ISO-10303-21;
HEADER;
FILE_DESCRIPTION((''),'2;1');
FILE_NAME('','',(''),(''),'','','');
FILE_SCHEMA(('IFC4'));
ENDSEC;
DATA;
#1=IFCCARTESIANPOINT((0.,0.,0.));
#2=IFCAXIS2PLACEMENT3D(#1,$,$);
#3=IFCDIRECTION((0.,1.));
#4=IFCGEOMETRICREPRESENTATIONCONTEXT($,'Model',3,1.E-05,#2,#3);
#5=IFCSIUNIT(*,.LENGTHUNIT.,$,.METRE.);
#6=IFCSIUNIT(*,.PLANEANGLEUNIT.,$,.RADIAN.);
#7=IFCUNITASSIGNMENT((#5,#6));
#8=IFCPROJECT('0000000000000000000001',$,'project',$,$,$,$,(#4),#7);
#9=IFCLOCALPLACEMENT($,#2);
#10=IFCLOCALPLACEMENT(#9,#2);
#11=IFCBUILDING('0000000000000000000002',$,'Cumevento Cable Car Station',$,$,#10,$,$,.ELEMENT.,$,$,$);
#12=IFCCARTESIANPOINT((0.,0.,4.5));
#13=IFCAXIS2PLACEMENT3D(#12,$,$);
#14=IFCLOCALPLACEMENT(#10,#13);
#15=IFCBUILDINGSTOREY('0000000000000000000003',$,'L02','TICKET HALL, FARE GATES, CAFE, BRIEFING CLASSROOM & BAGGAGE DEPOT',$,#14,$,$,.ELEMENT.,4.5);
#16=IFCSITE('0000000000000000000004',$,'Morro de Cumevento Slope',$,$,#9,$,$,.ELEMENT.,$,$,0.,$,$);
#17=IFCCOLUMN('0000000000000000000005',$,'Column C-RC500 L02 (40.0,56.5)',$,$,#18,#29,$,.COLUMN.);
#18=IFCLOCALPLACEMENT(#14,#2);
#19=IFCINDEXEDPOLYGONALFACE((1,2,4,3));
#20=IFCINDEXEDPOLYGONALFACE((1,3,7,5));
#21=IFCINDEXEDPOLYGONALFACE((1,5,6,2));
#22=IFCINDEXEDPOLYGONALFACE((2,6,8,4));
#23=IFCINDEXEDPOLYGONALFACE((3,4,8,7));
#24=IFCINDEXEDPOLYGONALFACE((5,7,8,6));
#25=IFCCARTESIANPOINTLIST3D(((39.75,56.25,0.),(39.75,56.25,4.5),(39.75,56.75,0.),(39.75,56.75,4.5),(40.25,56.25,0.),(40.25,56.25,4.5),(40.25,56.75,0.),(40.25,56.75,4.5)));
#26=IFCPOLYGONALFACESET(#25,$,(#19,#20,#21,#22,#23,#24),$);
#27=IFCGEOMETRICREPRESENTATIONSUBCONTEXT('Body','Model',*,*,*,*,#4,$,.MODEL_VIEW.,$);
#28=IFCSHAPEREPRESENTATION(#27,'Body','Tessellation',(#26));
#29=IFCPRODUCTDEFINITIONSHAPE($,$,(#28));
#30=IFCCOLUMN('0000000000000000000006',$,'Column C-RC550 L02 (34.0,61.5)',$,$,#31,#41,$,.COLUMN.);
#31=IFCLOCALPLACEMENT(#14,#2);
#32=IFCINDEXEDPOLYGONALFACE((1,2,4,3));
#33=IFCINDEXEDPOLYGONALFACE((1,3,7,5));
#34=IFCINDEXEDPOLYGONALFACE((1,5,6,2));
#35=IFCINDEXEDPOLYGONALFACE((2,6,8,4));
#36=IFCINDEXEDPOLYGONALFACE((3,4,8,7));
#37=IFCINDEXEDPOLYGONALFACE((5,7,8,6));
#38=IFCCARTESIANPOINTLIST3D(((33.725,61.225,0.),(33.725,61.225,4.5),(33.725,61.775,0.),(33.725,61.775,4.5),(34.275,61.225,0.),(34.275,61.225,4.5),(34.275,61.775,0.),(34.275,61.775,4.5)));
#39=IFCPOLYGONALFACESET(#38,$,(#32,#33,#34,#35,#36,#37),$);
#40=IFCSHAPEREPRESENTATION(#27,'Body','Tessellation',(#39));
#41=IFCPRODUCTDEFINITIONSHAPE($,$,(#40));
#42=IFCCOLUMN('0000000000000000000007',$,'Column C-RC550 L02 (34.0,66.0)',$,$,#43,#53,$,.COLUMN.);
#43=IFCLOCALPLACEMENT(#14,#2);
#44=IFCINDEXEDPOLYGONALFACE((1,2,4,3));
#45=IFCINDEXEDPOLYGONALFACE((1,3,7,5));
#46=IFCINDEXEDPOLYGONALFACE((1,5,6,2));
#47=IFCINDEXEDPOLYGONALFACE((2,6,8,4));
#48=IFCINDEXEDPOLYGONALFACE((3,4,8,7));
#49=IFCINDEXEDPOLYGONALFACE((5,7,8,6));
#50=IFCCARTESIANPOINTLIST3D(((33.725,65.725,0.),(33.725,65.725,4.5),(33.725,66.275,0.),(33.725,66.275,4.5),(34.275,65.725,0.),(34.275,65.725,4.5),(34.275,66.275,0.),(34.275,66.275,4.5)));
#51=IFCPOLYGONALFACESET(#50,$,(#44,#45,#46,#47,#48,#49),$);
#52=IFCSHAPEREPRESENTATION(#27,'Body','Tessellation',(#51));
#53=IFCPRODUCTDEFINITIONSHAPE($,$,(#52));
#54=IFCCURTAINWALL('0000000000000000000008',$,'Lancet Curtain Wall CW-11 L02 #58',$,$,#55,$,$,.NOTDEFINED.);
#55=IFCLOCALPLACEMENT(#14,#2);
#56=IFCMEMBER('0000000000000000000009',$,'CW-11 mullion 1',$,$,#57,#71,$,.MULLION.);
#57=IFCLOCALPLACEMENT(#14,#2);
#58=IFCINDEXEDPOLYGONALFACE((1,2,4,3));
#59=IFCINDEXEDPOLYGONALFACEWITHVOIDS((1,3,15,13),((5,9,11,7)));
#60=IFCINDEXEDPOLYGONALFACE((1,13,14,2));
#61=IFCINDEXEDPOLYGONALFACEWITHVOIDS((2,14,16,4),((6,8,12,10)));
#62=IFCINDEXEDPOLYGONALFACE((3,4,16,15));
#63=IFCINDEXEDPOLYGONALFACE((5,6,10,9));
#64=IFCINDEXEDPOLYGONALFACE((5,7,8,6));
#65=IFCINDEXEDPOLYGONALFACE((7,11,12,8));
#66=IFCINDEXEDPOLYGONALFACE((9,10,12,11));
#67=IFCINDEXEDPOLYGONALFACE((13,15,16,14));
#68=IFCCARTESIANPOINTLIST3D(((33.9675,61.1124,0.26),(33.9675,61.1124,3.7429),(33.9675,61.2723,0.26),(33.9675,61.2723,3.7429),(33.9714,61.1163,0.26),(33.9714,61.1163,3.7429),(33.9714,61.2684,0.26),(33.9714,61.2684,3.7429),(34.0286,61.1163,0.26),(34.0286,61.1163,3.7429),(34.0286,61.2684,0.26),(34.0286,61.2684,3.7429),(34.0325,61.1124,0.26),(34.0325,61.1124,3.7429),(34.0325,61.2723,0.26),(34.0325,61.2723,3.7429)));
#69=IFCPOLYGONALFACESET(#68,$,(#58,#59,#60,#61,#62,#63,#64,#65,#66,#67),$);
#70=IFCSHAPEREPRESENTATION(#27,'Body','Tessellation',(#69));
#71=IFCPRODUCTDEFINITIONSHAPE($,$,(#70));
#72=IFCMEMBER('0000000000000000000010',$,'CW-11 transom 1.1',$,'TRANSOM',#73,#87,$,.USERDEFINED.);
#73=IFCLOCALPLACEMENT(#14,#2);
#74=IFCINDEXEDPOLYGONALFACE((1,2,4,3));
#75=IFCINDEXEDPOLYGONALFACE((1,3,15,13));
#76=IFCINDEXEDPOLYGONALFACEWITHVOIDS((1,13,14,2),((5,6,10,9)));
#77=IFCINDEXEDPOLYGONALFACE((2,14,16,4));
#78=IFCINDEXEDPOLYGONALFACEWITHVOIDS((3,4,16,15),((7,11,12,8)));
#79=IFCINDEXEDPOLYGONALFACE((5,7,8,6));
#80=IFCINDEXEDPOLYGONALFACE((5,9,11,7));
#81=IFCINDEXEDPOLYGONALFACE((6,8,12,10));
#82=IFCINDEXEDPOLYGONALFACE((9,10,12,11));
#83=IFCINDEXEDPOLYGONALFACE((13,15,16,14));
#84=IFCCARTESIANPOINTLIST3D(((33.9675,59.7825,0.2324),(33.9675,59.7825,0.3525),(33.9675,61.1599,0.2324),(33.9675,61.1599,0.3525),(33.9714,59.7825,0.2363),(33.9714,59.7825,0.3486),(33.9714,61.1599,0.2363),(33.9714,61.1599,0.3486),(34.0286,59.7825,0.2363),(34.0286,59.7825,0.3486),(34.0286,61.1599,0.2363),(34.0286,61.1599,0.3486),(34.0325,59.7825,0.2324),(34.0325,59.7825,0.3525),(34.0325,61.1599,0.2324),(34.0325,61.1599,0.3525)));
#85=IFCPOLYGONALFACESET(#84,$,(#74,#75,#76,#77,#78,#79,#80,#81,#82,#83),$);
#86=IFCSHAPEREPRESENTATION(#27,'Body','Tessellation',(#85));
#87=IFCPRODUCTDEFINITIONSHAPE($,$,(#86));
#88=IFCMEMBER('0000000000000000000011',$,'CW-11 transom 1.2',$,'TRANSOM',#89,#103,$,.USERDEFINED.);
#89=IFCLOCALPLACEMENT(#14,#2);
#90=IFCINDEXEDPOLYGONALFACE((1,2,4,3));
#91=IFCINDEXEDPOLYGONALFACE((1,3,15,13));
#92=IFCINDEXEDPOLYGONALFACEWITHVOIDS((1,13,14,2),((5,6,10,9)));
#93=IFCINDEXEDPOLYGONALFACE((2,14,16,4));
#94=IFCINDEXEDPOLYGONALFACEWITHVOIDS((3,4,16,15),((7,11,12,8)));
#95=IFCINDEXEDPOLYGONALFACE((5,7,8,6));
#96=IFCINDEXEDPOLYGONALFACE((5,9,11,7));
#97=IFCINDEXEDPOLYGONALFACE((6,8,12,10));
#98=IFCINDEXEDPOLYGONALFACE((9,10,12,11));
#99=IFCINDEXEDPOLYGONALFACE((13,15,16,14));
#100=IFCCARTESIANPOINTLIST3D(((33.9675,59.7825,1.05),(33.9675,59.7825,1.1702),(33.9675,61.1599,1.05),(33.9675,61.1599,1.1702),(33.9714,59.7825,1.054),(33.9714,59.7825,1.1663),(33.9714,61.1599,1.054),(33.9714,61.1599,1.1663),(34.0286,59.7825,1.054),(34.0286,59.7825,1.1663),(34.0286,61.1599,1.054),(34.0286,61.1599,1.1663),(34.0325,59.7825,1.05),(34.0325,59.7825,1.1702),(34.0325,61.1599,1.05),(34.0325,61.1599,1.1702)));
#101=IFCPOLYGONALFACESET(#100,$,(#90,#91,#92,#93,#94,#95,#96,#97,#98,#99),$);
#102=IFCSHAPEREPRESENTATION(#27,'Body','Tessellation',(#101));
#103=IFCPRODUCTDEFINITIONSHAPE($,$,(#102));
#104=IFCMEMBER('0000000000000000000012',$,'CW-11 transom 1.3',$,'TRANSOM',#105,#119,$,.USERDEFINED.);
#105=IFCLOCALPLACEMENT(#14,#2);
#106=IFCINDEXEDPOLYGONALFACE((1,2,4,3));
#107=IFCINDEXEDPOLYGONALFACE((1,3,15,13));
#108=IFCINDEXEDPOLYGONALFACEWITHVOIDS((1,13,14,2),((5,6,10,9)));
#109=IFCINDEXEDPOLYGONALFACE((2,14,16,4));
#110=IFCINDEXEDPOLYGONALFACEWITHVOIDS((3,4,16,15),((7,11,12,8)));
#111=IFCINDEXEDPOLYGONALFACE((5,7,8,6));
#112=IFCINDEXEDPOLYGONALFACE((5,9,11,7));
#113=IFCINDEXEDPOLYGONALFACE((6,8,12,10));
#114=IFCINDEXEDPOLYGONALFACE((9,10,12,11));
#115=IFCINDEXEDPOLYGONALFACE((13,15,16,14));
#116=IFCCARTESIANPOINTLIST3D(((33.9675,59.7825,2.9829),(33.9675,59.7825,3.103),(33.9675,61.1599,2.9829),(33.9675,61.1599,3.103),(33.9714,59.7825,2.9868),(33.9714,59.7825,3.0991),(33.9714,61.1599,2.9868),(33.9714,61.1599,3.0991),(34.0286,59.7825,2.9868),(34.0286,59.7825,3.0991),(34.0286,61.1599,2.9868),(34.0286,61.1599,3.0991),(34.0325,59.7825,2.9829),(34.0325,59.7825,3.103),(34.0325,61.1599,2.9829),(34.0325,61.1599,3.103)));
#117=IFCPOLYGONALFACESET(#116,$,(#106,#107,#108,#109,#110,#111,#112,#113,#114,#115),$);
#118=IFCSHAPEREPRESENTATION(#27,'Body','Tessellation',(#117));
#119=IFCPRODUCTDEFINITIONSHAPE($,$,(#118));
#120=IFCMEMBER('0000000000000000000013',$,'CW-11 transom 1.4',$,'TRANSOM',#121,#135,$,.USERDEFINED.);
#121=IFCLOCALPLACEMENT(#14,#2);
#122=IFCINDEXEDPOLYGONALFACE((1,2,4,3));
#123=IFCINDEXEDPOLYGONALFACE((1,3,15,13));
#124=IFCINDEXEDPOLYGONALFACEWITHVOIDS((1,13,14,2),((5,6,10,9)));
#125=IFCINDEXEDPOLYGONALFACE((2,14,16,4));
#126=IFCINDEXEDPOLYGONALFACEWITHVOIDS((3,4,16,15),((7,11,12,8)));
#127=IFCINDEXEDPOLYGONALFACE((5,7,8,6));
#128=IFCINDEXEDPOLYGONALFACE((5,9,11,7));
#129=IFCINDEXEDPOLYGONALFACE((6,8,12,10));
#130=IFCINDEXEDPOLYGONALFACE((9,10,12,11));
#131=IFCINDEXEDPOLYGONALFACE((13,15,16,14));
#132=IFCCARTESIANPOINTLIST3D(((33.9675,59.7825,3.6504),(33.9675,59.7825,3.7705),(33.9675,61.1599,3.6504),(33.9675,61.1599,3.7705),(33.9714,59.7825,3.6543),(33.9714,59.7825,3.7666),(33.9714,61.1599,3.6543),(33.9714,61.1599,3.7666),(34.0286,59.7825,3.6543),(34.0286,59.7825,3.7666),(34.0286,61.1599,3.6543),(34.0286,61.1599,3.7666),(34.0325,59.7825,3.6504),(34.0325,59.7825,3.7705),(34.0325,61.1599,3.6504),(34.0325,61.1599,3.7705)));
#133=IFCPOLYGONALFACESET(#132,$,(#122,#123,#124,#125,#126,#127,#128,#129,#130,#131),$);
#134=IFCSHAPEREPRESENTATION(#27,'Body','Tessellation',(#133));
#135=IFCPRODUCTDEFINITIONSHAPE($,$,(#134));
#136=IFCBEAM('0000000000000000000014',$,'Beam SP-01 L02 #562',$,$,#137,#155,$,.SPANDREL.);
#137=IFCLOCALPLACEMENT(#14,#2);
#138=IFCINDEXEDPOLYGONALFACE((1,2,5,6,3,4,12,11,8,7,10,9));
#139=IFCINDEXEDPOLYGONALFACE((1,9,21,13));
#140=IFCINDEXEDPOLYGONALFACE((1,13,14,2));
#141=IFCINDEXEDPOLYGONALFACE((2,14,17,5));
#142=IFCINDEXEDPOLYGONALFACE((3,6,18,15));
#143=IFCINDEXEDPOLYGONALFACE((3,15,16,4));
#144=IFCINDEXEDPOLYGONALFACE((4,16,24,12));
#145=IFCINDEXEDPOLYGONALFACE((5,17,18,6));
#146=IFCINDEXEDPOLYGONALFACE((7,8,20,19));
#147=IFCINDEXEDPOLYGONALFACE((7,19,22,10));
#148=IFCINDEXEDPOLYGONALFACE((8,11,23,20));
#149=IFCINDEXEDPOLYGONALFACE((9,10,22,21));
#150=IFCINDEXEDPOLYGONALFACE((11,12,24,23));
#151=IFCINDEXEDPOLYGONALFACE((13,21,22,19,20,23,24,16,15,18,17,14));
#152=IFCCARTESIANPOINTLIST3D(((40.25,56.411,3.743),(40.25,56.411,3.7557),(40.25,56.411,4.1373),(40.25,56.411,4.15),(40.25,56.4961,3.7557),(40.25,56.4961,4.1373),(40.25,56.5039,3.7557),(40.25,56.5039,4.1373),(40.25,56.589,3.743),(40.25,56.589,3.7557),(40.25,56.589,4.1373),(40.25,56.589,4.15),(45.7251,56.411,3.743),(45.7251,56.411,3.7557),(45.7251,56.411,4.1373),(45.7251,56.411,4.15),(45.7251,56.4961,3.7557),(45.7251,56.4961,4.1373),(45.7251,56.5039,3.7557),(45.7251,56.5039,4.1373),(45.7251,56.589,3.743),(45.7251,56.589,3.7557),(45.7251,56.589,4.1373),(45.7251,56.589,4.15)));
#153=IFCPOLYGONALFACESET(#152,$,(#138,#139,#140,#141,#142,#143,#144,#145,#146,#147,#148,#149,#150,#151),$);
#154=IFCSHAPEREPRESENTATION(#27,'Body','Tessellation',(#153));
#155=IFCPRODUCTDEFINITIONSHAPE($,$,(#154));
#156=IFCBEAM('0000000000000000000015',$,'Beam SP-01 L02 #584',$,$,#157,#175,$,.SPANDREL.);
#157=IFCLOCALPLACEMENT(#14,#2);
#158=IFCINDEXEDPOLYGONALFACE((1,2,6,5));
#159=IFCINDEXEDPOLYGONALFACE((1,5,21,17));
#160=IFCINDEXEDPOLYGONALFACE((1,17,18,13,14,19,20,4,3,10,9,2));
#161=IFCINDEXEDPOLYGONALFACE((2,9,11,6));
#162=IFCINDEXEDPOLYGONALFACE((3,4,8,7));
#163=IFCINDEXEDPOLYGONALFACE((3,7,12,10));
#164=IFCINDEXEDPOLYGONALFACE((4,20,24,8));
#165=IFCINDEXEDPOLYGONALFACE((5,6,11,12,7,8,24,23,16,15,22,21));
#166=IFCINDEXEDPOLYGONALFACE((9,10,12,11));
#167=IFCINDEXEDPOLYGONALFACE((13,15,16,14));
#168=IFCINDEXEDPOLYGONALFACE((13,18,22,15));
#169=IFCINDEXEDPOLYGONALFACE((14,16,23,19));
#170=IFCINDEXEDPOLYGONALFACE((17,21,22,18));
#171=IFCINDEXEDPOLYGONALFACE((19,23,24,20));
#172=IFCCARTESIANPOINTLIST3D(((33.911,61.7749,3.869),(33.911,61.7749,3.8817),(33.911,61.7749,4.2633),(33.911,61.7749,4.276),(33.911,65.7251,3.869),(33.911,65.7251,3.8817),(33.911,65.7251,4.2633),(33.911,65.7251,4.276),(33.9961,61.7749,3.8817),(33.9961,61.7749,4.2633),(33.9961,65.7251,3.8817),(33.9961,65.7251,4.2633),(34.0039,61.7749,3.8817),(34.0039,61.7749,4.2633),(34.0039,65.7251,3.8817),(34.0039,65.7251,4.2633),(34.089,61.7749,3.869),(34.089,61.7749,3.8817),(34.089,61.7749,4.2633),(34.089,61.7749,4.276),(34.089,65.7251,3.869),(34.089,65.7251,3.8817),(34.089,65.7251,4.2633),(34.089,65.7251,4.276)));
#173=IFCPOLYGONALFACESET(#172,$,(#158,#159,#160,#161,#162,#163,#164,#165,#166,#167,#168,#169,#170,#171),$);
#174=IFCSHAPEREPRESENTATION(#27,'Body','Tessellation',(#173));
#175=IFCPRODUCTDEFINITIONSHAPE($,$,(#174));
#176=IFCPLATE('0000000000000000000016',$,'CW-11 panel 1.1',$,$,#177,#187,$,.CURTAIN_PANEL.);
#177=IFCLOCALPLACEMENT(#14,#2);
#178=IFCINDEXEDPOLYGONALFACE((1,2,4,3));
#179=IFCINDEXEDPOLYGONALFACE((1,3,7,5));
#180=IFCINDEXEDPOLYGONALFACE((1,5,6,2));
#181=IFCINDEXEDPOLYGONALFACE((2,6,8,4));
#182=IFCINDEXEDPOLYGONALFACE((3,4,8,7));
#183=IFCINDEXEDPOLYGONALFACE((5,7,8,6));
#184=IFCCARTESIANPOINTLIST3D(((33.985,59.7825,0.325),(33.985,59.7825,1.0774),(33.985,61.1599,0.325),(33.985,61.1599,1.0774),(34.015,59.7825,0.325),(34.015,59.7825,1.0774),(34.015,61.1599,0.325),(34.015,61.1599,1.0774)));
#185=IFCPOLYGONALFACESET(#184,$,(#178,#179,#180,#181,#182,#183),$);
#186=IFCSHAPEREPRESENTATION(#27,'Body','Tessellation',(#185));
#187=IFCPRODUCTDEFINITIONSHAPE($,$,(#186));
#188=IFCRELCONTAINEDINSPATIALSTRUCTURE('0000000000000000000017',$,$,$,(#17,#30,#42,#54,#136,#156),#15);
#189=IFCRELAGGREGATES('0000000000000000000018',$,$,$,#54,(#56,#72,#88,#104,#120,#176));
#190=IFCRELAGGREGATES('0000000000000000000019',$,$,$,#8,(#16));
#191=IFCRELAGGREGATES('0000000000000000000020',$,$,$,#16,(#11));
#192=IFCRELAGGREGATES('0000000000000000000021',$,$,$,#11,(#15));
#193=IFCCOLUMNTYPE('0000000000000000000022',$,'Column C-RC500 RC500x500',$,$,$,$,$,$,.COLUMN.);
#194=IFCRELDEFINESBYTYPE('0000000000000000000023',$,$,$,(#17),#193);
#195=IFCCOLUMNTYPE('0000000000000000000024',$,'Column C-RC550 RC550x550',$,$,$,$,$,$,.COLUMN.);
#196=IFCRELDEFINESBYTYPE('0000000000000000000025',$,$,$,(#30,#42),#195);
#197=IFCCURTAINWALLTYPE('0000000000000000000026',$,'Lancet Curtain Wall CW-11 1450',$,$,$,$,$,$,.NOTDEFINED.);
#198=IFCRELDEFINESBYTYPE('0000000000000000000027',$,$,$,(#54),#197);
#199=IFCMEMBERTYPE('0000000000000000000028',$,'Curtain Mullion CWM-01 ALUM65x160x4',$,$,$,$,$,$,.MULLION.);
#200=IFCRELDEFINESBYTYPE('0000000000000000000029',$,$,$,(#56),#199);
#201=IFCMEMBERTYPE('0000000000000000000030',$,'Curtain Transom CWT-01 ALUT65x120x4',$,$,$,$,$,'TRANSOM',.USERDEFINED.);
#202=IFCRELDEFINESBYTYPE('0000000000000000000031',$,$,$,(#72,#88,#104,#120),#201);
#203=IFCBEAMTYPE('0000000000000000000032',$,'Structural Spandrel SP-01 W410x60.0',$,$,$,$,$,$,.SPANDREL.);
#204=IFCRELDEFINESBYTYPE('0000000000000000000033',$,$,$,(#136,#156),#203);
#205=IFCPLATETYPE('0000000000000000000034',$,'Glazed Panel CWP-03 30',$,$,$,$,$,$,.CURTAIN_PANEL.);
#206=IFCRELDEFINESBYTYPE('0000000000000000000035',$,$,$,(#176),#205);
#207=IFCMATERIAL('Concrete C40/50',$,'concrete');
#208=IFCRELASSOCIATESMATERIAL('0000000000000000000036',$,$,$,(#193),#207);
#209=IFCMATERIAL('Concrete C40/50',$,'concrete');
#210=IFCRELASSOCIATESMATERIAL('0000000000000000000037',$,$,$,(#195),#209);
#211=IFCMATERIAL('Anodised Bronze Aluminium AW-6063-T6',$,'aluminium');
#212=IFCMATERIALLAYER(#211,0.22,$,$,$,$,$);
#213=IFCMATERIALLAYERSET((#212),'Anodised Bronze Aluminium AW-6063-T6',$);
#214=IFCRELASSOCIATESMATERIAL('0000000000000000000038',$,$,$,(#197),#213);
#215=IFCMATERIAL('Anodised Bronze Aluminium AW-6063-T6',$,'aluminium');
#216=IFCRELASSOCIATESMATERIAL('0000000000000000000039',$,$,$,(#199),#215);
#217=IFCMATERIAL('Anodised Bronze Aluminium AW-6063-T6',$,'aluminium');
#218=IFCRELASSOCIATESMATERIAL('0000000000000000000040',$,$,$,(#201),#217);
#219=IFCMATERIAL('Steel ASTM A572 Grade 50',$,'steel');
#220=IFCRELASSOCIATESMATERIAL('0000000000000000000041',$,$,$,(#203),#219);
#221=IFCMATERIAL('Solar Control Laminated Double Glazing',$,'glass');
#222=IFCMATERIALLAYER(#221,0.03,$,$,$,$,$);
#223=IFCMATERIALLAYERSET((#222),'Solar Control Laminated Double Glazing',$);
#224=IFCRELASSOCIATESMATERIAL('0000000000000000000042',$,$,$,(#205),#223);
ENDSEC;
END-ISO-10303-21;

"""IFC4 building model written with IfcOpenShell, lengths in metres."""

from ifc_helpers import new_model, si_unit, direction, frame, origin, origin_2d, place, context, subcontext, project, spatial, rectangle, hollow_rectangle, i_section, extrude, material, layer, layer_set, material_profile, profile_set, type_object, element, aggregate, save


model = new_model("IFC4")

# Units and contexts
model_context = context("Model", 3, precision=1e-05, world=origin(), true_north=direction((0.0, 1.0)))
body_context = subcontext(model_context, "Body", "Model", "MODEL_VIEW")
ifc_project = project(units=[si_unit("LENGTHUNIT", "METRE"), si_unit("PLANEANGLEUNIT", "RADIAN")], contexts=[model_context])

# Site, building, storey
site_placement = place(None, origin())
site = spatial("IfcSite", under=ifc_project, at=site_placement, Name="Morro de Cumevento Slope", CompositionType="ELEMENT", RefElevation=0.0)
building_placement = place(site_placement, origin())
building = spatial("IfcBuilding", under=site, at=building_placement, Name="Cumevento Cable Car Station", CompositionType="ELEMENT")
storey_placement = place(building_placement, frame((0.0, 0.0, 4.5)))
storey = spatial("IfcBuildingStorey", under=building, at=storey_placement, Name="L02", Description="TICKET HALL, FARE GATES, CAFE, BRIEFING CLASSROOM & BAGGAGE DEPOT", CompositionType="ELEMENT", Elevation=4.5)

# Columns
ifc_material_1 = material(Name="Concrete C40/50", Category="concrete")
ifc_material_profile_1 = material_profile(ifc_material_1, rectangle(XDim=0.5, YDim=0.5, at=origin_2d()), Name="RC500x500")
ifc_profile_set_1 = profile_set([ifc_material_profile_1], Name="Concrete C40/50")
column_type_1 = type_object("IfcColumnType", Name="Column C-RC500 RC500x500", PredefinedType="COLUMN", material=ifc_profile_set_1)
column_placement = place(storey_placement, frame((40.0, 56.5, 0.0), z_axis=(0.0, 0.0, 1.0), x_axis=(1.0, 0.0, 0.0)))
element("IfcColumn", 1, at=column_placement, inside=storey, type_object=column_type_1, Name="Column C-RC500 L02 (40.0,56.5)", PredefinedType="COLUMN", context=body_context, shape_type="SweptSolid", body=[
    extrude(rectangle(XDim=0.5, YDim=0.5, at=origin_2d()), origin(), (0.0, 0.0, 1.0), 4.5),
])
ifc_material_2 = material(Name="Concrete C40/50", Category="concrete")
ifc_material_profile_2 = material_profile(ifc_material_2, rectangle(XDim=0.55, YDim=0.55, at=origin_2d()), Name="RC550x550")
ifc_profile_set_2 = profile_set([ifc_material_profile_2], Name="Concrete C40/50")
column_type_2 = type_object("IfcColumnType", Name="Column C-RC550 RC550x550", PredefinedType="COLUMN", material=ifc_profile_set_2)
for number, where, z_axis, x_axis, name in (
    (2, (34.0, 61.5, 0.0), (0.0, 0.0, 1.0), (1.0, 0.0, 0.0), "Column C-RC550 L02 (34.0,61.5)"),
    (3, (34.0, 66.0, 0.0), (0.0, 0.0, 1.0), (1.0, 0.0, 0.0), "Column C-RC550 L02 (34.0,66.0)"),
):
    element("IfcColumn", number, at=place(storey_placement, frame(where, z_axis=z_axis, x_axis=x_axis)), inside=storey, type_object=column_type_2, Name=name, PredefinedType="COLUMN", context=body_context, shape_type="SweptSolid", body=[
        extrude(rectangle(XDim=0.55, YDim=0.55, at=origin_2d()), origin(), (0.0, 0.0, 1.0), 4.5),
    ])

# Curtain wall, members
ifc_material_3 = material(Name="Anodised Bronze Aluminium AW-6063-T6", Category="aluminium")
ifc_layer_1 = layer(ifc_material_3, 0.22)
ifc_layer_set_1 = layer_set([ifc_layer_1], Name="Anodised Bronze Aluminium AW-6063-T6")
curtain_wall_type = type_object("IfcCurtainWallType", Name="Lancet Curtain Wall CW-11 1450", PredefinedType="NOTDEFINED", material=ifc_layer_set_1)
curtain_wall_placement = place(storey_placement, origin())
curtain_wall = element("IfcCurtainWall", 4, at=curtain_wall_placement, inside=storey, type_object=curtain_wall_type, Name="Lancet Curtain Wall CW-11 L02 #58", PredefinedType="NOTDEFINED")
ifc_material_4 = material(Name="Anodised Bronze Aluminium AW-6063-T6", Category="aluminium")
ifc_material_profile_3 = material_profile(ifc_material_4, hollow_rectangle(XDim=0.0649, YDim=0.1599, WallThickness=0.0039, at=origin_2d()), Name="ALUM65x160x4")
ifc_profile_set_3 = profile_set([ifc_material_profile_3], Name="Anodised Bronze Aluminium AW-6063-T6")
member_type_1 = type_object("IfcMemberType", Name="Curtain Mullion CWM-01 ALUM65x160x4", PredefinedType="MULLION", material=ifc_profile_set_3)
member_1_placement = place(storey_placement, frame((34.0, 61.1924, 0.26), z_axis=(0.0, 0.0, 1.0), x_axis=(1.0, 0.0, 0.0)))
member_1 = element("IfcMember", 5, at=member_1_placement, type_object=member_type_1, Name="CW-11 mullion 1", PredefinedType="MULLION", context=body_context, shape_type="SweptSolid", body=[
    extrude(hollow_rectangle(XDim=0.0649, YDim=0.1599, WallThickness=0.0039, at=origin_2d()), origin(), (0.0, 0.0, 1.0), 3.4829),
])
ifc_material_5 = material(Name="Anodised Bronze Aluminium AW-6063-T6", Category="aluminium")
ifc_material_profile_4 = material_profile(ifc_material_5, hollow_rectangle(XDim=0.0649, YDim=0.1201, WallThickness=0.0039, at=origin_2d()), Name="ALUT65x120x4")
ifc_profile_set_4 = profile_set([ifc_material_profile_4], Name="Anodised Bronze Aluminium AW-6063-T6")
member_type_2 = type_object("IfcMemberType", Name="Curtain Transom CWT-01 ALUT65x120x4", ElementType="TRANSOM", PredefinedType="USERDEFINED", material=ifc_profile_set_4)
member_2_placement = place(storey_placement, frame((34.0, 61.1599, 0.2925), z_axis=(0.0, -1.0, 0.0), x_axis=(1.0, 0.0, 0.0)))
member_2 = element("IfcMember", 6, at=member_2_placement, type_object=member_type_2, Name="CW-11 transom 1.1", ObjectType="TRANSOM", PredefinedType="USERDEFINED", context=body_context, shape_type="SweptSolid", body=[
    extrude(hollow_rectangle(XDim=0.0649, YDim=0.1201, WallThickness=0.0039, at=origin_2d()), origin(), (0.0, 0.0, 1.0), 1.3774),
])
member_3_placement = place(storey_placement, frame((34.0, 61.1599, 1.1101), z_axis=(0.0, -1.0, 0.0), x_axis=(1.0, 0.0, 0.0)))
member_3 = element("IfcMember", 7, at=member_3_placement, type_object=member_type_2, Name="CW-11 transom 1.2", ObjectType="TRANSOM", PredefinedType="USERDEFINED", context=body_context, shape_type="SweptSolid", body=[
    extrude(hollow_rectangle(XDim=0.0649, YDim=0.1201, WallThickness=0.0039, at=origin_2d()), origin(), (0.0, 0.0, 1.0), 1.3774),
])
member_4_placement = place(storey_placement, frame((34.0, 61.1599, 3.043), z_axis=(0.0, -1.0, 0.0), x_axis=(1.0, 0.0, 0.0)))
member_4 = element("IfcMember", 8, at=member_4_placement, type_object=member_type_2, Name="CW-11 transom 1.3", ObjectType="TRANSOM", PredefinedType="USERDEFINED", context=body_context, shape_type="SweptSolid", body=[
    extrude(hollow_rectangle(XDim=0.0649, YDim=0.1201, WallThickness=0.0039, at=origin_2d()), origin(), (0.0, 0.0, 1.0), 1.3774),
])
member_5_placement = place(storey_placement, frame((34.0, 61.1599, 3.7104), z_axis=(0.0, -1.0, 0.0), x_axis=(1.0, 0.0, 0.0)))
member_5 = element("IfcMember", 9, at=member_5_placement, type_object=member_type_2, Name="CW-11 transom 1.4", ObjectType="TRANSOM", PredefinedType="USERDEFINED", context=body_context, shape_type="SweptSolid", body=[
    extrude(hollow_rectangle(XDim=0.0649, YDim=0.1201, WallThickness=0.0039, at=origin_2d()), origin(), (0.0, 0.0, 1.0), 1.3774),
])

# Beams
ifc_material_6 = material(Name="Steel ASTM A572 Grade 50", Category="steel")
ifc_material_profile_5 = material_profile(ifc_material_6, i_section(OverallWidth=0.178, OverallDepth=0.407, WebThickness=0.0078, FlangeThickness=0.0127, at=origin_2d()), Name="W410x60.0")
ifc_profile_set_5 = profile_set([ifc_material_profile_5], Name="Steel ASTM A572 Grade 50")
beam_type = type_object("IfcBeamType", Name="Structural Spandrel SP-01 W410x60.0", PredefinedType="SPANDREL", material=ifc_profile_set_5)
beam_1_placement = place(storey_placement, frame((40.25, 56.5, 3.9465), z_axis=(1.0, 0.0, 0.0), x_axis=(0.0, 1.0, 0.0)))
element("IfcBeam", 10, at=beam_1_placement, inside=storey, type_object=beam_type, Name="Beam SP-01 L02 #562", PredefinedType="SPANDREL", context=body_context, shape_type="SweptSolid", body=[
    extrude(i_section(OverallWidth=0.178, OverallDepth=0.407, WebThickness=0.0078, FlangeThickness=0.0127, at=origin_2d()), origin(), (0.0, 0.0, 1.0), 5.4751),
])
beam_2_placement = place(storey_placement, frame((34.0, 61.7749, 4.0725), z_axis=(0.0, 1.0, 0.0), x_axis=(-1.0, 0.0, 0.0)))
element("IfcBeam", 11, at=beam_2_placement, inside=storey, type_object=beam_type, Name="Beam SP-01 L02 #584", PredefinedType="SPANDREL", context=body_context, shape_type="SweptSolid", body=[
    extrude(i_section(OverallWidth=0.178, OverallDepth=0.407, WebThickness=0.0078, FlangeThickness=0.0127, at=origin_2d()), origin(), (0.0, 0.0, 1.0), 3.9502),
])

# Plate
ifc_material_7 = material(Name="Solar Control Laminated Double Glazing", Category="glass")
ifc_layer_2 = layer(ifc_material_7, 0.03)
ifc_layer_set_2 = layer_set([ifc_layer_2], Name="Solar Control Laminated Double Glazing")
plate_type = type_object("IfcPlateType", Name="Glazed Panel CWP-03 30", PredefinedType="CURTAIN_PANEL", material=ifc_layer_set_2)
plate_1_placement = place(storey_placement, frame((34.0, 60.4712, 0.325), z_axis=(0.0, 0.0, 1.0), x_axis=(0.0, -1.0, 0.0)))
plate_1 = element("IfcPlate", 12, at=plate_1_placement, type_object=plate_type, Name="CW-11 panel 1.1", PredefinedType="CURTAIN_PANEL", context=body_context, shape_type="SweptSolid", body=[
    extrude(rectangle(XDim=1.3774, YDim=0.03, at=origin_2d()), origin(), (0.0, 0.0, 1.0), 0.7524),
])
aggregate(curtain_wall, [member_1, member_2, member_3, member_4, member_5, plate_1])

save(model, "model.ifc")
